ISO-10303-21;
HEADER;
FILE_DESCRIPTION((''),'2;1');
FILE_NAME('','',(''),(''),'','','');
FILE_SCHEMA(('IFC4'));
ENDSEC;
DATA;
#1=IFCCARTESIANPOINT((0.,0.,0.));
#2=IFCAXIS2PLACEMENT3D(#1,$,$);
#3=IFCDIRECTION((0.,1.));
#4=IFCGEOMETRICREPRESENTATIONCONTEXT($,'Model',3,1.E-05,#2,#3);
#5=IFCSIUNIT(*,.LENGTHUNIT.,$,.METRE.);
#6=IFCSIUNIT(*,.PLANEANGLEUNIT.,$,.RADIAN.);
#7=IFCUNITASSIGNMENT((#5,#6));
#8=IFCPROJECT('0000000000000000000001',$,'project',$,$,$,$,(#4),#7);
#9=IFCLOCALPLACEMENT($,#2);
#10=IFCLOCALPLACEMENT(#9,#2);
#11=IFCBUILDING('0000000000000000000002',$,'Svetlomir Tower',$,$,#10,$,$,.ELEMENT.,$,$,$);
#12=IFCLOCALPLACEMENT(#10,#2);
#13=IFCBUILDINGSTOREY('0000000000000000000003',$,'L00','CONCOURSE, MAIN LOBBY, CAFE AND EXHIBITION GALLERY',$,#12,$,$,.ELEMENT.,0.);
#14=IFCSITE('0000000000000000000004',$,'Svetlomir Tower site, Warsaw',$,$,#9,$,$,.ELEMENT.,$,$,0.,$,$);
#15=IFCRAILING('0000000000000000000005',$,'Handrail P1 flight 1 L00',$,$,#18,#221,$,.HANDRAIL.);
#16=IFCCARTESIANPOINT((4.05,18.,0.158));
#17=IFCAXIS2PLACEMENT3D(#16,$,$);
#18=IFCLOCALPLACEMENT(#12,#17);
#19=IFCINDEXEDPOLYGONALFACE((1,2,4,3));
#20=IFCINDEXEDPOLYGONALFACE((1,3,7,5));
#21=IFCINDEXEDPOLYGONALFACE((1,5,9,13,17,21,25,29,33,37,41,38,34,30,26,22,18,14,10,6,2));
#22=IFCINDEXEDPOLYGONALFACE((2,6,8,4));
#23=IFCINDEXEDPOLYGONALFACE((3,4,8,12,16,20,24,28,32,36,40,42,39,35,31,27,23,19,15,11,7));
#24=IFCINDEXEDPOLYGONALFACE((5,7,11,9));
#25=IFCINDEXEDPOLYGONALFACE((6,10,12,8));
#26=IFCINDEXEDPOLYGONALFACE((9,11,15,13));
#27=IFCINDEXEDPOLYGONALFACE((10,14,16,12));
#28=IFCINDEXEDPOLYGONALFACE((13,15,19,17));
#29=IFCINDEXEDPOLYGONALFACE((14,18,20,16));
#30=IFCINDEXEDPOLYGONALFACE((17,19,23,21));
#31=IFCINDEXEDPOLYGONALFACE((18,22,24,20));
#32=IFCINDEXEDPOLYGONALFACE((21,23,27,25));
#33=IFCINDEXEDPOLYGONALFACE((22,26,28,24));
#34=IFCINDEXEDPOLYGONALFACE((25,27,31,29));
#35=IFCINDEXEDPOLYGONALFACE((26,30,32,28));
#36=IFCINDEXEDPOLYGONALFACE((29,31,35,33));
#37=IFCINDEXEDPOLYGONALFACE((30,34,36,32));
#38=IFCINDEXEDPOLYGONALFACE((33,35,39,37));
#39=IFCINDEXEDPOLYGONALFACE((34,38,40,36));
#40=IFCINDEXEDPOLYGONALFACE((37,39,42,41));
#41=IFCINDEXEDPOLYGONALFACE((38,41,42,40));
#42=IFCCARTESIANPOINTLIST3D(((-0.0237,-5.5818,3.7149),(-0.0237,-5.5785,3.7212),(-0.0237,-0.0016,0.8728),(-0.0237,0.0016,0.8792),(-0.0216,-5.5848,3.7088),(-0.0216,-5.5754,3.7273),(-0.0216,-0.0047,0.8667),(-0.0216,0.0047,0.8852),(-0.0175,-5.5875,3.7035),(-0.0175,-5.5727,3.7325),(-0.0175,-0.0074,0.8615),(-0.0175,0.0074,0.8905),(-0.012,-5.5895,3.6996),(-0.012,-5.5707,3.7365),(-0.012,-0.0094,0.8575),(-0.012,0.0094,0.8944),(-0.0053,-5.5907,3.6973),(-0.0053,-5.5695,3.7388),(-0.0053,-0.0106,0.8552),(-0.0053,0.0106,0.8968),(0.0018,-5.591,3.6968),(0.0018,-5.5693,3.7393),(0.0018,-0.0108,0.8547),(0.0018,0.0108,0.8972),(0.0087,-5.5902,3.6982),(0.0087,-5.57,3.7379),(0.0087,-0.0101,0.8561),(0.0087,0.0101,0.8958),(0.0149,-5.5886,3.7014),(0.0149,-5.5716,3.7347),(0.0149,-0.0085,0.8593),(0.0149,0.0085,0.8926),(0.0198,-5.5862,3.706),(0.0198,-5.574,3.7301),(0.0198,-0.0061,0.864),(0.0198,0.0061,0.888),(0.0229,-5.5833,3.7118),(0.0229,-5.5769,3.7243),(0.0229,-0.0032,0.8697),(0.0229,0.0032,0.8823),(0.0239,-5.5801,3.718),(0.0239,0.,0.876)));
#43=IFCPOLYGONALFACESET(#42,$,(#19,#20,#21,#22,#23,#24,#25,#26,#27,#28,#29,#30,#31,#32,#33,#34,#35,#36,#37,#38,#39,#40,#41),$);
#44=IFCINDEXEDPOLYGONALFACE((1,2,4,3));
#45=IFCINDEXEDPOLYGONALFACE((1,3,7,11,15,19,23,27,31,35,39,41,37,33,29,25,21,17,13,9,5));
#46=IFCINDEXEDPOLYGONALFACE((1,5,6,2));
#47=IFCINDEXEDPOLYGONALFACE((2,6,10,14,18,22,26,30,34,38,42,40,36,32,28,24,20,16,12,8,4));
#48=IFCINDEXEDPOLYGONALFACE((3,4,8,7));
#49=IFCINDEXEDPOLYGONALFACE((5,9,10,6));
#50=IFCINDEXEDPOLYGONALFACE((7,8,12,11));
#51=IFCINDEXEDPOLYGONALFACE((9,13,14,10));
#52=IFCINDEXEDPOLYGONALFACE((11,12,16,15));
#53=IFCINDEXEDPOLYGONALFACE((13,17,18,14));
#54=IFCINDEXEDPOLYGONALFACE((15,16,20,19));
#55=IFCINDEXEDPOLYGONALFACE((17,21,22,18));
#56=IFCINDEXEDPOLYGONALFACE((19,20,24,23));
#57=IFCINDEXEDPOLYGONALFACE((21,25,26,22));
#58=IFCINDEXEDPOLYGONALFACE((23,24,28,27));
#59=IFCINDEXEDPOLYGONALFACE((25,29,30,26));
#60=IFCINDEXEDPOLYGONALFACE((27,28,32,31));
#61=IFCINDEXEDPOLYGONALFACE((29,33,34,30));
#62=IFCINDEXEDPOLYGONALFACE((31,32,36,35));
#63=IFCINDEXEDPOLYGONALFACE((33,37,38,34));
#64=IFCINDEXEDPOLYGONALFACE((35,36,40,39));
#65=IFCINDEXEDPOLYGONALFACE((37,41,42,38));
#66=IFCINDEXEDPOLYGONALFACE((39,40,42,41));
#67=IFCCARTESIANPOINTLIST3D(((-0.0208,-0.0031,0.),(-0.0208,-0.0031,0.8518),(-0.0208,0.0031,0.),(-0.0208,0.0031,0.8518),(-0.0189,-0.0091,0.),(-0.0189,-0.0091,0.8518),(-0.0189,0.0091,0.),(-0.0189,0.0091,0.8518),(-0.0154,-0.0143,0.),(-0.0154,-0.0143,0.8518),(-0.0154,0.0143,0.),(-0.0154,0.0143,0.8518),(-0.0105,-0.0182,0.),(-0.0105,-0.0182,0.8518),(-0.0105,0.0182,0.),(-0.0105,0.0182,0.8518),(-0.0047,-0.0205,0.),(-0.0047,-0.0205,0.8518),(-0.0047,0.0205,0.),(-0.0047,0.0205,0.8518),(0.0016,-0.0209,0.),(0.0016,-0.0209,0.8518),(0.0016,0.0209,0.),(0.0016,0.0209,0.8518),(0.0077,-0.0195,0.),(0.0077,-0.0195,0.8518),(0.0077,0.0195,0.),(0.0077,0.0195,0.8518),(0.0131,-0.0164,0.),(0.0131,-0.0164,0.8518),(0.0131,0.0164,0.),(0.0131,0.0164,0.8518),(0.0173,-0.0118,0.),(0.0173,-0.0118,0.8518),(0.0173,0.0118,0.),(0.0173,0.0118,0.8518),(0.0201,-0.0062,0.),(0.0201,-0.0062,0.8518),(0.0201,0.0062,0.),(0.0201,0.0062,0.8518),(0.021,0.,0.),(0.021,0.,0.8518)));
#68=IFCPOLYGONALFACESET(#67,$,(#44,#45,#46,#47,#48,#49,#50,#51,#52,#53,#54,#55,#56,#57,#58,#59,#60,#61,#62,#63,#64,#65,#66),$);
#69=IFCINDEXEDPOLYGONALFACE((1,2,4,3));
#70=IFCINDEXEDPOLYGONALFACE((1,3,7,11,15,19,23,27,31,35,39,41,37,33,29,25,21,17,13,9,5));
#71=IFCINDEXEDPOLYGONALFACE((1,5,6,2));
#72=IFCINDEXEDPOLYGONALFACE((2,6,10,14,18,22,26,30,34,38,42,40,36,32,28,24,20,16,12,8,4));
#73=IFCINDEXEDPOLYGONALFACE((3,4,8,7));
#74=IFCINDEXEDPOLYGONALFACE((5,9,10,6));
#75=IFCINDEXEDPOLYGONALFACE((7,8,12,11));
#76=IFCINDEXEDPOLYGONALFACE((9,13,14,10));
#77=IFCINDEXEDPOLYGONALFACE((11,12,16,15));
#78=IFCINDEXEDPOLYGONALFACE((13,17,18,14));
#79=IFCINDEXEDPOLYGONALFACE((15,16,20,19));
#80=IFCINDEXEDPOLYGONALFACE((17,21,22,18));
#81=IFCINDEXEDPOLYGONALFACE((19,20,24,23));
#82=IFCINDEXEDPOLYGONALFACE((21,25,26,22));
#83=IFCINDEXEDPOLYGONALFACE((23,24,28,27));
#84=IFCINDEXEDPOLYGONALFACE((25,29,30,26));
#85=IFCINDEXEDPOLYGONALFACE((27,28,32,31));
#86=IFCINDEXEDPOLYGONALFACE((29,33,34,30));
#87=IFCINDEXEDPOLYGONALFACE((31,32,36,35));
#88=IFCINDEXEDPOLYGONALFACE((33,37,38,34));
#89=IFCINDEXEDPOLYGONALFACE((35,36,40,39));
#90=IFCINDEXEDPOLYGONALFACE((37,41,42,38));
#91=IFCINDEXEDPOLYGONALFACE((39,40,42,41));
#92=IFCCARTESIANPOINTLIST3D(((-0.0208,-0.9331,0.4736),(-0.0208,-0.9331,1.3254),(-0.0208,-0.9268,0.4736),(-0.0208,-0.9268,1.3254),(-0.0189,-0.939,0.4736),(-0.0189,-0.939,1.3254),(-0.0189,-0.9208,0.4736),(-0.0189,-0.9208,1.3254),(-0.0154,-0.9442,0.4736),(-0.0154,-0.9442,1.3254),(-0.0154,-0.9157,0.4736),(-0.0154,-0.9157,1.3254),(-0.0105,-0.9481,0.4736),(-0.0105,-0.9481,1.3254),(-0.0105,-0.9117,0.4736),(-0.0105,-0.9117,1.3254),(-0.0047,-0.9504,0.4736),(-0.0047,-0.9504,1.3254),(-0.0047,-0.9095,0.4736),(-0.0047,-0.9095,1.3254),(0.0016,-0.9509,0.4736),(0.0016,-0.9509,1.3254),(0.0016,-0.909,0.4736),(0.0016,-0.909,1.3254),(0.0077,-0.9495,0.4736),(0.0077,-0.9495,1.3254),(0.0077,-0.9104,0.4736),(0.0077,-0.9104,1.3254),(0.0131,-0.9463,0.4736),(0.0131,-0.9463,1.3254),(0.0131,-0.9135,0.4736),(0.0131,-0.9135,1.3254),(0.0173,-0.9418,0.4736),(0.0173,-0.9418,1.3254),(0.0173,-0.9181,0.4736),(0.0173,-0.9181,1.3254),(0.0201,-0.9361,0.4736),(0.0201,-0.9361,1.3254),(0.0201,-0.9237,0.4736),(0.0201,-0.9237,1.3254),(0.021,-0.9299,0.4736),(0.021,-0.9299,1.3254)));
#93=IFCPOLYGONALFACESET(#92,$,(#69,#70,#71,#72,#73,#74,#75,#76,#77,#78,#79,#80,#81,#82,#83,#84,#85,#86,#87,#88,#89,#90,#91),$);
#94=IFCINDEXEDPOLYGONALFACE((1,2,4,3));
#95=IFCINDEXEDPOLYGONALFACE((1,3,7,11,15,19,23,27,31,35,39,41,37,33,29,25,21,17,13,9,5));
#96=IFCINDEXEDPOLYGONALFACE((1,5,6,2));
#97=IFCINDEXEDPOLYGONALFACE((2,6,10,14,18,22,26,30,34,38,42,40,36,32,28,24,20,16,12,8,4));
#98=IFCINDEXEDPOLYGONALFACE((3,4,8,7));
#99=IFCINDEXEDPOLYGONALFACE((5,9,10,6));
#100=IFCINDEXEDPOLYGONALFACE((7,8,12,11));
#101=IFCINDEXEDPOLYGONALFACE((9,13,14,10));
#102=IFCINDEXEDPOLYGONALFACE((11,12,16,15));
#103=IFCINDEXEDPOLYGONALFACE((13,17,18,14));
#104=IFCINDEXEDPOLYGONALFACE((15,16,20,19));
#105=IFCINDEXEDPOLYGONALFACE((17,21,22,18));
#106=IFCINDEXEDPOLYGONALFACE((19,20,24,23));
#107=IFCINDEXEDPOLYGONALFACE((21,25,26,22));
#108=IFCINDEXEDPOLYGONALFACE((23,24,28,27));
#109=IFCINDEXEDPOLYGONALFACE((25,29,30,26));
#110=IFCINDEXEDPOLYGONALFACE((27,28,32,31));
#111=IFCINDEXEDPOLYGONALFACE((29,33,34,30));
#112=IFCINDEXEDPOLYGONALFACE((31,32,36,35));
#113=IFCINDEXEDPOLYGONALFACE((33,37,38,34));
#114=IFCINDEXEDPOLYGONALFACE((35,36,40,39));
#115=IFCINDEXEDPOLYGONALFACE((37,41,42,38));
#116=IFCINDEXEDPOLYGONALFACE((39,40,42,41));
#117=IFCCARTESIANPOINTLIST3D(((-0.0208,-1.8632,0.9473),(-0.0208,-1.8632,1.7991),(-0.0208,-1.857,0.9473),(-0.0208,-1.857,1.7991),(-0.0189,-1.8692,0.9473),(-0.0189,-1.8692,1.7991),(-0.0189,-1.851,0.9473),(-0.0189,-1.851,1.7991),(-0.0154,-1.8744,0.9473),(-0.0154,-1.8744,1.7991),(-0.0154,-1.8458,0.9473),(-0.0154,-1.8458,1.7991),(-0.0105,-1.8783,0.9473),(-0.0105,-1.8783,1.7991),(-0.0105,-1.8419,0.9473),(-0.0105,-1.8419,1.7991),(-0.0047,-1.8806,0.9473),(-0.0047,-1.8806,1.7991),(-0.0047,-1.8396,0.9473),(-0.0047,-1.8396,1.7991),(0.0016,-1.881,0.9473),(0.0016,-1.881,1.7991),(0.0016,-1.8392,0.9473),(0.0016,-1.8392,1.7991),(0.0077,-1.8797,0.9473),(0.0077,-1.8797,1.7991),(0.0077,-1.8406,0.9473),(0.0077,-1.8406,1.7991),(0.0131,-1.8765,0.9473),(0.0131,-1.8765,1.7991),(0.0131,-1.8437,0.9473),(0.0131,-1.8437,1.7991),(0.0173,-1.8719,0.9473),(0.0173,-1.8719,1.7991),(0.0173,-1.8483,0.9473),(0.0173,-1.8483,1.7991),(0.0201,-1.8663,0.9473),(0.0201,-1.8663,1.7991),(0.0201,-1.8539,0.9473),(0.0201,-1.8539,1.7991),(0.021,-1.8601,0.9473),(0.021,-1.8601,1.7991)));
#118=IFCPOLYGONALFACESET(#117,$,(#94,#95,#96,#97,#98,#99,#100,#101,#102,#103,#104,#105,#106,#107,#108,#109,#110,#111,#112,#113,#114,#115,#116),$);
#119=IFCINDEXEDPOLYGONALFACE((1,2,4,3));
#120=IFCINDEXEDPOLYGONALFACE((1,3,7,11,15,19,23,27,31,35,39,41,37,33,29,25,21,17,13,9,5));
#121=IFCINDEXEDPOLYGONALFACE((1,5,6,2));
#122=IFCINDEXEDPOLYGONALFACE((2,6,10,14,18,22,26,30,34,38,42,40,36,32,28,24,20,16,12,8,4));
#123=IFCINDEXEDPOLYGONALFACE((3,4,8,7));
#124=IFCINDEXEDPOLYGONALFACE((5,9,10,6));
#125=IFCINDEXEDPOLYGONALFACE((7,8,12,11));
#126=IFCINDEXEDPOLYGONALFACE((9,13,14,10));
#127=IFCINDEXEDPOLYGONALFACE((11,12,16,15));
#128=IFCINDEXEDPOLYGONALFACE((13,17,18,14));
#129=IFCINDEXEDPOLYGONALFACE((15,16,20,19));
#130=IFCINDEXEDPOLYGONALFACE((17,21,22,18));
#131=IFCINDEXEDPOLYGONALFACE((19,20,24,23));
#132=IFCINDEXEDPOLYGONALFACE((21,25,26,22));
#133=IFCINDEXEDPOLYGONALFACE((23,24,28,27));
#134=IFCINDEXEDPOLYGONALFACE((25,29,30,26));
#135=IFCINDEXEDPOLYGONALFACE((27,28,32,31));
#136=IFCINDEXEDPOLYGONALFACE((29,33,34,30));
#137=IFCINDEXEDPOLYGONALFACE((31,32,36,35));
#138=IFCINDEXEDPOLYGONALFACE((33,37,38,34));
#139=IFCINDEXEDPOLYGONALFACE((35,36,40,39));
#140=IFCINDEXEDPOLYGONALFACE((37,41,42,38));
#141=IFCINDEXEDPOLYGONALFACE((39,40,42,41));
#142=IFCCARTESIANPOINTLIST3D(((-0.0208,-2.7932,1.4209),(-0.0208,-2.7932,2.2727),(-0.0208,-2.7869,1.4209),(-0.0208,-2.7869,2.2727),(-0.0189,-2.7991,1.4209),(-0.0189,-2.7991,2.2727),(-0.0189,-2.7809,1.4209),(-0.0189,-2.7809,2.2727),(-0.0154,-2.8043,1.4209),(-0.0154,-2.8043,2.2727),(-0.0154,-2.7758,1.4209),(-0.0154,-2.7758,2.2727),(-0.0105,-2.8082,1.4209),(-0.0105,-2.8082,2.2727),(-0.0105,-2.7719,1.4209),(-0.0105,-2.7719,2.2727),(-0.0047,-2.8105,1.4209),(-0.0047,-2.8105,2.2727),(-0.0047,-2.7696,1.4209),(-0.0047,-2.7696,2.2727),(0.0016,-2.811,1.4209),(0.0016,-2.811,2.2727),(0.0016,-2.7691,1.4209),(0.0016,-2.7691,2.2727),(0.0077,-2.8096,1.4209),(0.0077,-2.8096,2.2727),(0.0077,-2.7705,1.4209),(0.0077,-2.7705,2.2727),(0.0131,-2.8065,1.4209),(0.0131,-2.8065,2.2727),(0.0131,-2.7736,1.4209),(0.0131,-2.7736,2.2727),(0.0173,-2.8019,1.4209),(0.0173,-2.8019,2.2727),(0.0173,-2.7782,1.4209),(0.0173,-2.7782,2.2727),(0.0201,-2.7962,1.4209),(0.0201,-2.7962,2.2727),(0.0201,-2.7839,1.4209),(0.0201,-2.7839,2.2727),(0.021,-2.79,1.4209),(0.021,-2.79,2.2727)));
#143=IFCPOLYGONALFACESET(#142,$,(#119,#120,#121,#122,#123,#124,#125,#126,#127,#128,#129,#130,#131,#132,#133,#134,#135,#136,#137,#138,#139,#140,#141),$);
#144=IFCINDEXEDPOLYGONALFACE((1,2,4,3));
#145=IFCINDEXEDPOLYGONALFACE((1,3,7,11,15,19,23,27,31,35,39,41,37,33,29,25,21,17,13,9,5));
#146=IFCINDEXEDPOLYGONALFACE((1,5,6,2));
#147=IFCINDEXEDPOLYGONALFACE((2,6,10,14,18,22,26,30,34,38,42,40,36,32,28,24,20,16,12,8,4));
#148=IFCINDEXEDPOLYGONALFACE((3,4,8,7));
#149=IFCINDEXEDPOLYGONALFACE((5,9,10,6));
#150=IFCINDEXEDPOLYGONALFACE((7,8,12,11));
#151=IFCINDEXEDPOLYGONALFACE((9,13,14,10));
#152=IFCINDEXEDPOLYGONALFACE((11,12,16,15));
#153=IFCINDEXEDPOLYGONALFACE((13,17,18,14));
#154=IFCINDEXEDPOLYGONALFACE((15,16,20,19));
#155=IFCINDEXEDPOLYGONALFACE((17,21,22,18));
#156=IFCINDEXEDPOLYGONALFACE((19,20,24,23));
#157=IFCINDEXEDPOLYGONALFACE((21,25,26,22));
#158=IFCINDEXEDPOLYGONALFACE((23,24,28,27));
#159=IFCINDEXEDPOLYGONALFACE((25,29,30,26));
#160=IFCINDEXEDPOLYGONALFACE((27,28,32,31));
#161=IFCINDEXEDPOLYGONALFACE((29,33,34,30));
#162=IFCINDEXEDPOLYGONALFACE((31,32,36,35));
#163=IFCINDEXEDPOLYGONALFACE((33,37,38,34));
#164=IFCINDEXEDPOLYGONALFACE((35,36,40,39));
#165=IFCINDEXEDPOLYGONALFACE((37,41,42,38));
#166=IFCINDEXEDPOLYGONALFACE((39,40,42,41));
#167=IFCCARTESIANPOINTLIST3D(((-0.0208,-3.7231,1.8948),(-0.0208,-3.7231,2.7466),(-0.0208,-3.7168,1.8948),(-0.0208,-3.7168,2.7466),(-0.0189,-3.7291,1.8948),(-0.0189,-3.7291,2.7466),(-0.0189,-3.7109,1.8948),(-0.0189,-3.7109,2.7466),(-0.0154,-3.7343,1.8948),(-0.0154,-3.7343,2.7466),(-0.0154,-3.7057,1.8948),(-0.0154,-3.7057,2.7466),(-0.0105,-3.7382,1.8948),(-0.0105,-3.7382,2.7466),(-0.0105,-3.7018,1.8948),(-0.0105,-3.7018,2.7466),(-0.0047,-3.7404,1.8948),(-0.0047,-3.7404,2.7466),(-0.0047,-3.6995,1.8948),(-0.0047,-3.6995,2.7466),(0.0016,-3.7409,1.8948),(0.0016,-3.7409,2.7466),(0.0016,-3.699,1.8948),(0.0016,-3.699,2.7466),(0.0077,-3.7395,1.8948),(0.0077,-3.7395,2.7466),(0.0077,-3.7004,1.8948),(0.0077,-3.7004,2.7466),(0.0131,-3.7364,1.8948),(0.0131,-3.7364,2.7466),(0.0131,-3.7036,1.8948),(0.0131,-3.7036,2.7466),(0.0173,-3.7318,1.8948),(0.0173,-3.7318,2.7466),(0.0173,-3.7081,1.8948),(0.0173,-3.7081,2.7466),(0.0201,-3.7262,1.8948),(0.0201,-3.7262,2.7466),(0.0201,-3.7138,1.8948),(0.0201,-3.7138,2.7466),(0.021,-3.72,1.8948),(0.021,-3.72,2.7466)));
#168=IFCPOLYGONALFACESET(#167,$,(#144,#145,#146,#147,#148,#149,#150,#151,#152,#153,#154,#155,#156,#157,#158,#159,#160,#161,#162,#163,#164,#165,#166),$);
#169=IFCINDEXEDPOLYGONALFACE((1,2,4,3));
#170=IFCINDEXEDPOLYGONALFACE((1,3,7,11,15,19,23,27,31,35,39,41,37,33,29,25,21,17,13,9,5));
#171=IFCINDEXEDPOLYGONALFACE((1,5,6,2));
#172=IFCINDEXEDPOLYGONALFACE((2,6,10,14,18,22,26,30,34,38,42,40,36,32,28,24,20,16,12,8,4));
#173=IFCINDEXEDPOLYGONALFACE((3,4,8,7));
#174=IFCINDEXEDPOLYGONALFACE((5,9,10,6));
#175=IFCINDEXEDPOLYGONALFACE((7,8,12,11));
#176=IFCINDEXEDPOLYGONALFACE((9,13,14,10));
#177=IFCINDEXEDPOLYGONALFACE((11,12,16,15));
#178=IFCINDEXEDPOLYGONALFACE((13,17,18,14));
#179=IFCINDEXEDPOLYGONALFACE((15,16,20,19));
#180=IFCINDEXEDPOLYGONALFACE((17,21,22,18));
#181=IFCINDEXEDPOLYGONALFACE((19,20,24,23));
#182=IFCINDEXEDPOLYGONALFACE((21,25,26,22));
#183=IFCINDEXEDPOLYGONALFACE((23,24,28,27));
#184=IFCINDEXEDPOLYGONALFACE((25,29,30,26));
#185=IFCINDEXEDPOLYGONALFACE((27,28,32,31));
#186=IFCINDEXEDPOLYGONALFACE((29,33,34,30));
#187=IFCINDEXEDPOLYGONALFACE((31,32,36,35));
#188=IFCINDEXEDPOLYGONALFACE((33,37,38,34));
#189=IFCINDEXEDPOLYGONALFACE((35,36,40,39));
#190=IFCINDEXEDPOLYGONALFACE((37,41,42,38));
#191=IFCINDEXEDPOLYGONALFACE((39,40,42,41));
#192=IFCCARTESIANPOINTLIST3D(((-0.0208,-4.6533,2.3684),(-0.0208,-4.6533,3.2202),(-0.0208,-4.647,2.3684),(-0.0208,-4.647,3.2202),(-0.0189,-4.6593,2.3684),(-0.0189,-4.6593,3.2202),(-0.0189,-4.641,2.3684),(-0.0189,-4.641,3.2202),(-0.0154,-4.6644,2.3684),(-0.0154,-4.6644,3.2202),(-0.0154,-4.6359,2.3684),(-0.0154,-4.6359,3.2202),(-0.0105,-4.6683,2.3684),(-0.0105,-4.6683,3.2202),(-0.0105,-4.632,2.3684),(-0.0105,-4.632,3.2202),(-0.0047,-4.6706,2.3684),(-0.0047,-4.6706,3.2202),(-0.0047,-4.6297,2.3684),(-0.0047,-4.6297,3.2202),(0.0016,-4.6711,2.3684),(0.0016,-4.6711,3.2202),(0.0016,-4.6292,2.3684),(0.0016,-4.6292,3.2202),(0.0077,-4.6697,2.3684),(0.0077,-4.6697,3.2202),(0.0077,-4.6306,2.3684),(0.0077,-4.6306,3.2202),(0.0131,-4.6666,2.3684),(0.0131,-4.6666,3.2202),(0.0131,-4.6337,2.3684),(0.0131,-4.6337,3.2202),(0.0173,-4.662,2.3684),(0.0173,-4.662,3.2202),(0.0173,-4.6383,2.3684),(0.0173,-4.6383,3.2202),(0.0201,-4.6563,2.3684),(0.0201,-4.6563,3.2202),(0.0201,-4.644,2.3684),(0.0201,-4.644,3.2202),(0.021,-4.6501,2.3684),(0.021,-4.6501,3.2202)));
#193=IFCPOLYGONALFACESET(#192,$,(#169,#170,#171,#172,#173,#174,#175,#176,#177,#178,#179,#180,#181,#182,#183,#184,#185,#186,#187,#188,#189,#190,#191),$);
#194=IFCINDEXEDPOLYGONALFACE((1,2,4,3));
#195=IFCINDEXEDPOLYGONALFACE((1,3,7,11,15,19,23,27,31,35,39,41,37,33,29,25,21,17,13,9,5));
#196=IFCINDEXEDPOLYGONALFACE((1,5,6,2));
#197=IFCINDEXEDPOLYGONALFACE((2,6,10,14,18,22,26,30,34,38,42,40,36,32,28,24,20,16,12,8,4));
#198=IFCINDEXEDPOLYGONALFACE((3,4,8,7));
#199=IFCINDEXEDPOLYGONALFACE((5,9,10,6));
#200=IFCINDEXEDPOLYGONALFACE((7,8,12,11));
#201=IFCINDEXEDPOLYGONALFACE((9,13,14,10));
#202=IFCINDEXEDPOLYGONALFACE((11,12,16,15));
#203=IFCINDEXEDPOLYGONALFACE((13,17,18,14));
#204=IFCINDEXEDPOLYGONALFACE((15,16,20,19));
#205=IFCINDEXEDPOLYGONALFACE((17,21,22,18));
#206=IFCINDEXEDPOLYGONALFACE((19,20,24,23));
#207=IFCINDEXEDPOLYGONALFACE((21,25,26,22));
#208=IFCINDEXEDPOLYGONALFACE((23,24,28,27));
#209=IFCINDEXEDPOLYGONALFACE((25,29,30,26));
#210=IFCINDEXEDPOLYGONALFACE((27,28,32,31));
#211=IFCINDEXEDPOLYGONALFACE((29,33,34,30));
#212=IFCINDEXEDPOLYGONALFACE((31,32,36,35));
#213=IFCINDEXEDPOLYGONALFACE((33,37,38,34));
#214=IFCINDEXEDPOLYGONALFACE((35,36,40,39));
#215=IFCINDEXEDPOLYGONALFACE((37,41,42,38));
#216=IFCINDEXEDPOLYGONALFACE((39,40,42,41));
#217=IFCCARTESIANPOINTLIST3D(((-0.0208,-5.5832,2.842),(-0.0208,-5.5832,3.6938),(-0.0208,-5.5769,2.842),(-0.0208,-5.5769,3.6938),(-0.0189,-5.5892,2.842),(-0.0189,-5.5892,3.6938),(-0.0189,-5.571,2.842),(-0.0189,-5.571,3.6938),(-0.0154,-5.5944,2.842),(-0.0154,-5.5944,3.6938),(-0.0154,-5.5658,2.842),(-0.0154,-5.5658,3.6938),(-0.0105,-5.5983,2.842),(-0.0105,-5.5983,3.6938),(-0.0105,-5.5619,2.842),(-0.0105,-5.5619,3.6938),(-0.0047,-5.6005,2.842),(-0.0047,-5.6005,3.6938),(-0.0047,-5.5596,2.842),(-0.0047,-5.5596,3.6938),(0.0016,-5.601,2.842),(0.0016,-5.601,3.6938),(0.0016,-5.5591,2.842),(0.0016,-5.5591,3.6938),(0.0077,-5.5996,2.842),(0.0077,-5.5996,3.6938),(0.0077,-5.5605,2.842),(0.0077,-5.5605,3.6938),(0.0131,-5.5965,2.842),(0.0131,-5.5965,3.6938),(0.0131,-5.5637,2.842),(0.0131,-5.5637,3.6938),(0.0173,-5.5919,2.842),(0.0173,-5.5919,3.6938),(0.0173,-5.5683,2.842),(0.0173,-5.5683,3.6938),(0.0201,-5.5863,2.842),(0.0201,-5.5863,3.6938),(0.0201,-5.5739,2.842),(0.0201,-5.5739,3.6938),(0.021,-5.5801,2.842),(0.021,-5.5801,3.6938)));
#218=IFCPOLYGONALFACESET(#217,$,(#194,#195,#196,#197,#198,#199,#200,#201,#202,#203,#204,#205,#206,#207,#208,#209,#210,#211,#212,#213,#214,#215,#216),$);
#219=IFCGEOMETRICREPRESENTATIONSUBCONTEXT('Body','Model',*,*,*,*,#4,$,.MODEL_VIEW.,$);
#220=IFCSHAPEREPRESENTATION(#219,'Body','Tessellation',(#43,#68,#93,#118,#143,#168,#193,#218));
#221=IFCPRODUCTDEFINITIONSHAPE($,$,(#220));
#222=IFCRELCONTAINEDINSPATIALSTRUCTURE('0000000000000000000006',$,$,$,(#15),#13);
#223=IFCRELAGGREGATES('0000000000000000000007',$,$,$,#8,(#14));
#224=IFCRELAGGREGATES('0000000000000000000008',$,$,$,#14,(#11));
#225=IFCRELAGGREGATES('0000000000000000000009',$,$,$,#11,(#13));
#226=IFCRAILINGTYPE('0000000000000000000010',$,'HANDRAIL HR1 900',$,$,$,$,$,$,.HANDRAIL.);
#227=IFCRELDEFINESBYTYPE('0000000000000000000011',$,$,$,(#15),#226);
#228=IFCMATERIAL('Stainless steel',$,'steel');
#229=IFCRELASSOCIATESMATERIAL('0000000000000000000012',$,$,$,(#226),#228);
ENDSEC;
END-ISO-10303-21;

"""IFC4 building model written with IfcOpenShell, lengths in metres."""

from ifc_helpers import new_model, si_unit, direction, frame, origin, origin_2d, place, context, subcontext, project, spatial, circle, extrude, material, type_object, element, save


model = new_model("IFC4")

# Units and contexts
model_context = context("Model", 3, precision=1e-05, world=origin(), true_north=direction((0.0, 1.0)))
body_context = subcontext(model_context, "Body", "Model", "MODEL_VIEW")
ifc_project = project(units=[si_unit("LENGTHUNIT", "METRE"), si_unit("PLANEANGLEUNIT", "RADIAN")], contexts=[model_context])

# Site, building, storey
site_placement = place(None, origin())
site = spatial("IfcSite", under=ifc_project, at=site_placement, Name="Svetlomir Tower site, Warsaw", CompositionType="ELEMENT", RefElevation=0.0)
building_placement = place(site_placement, origin())
building = spatial("IfcBuilding", under=site, at=building_placement, Name="Svetlomir Tower", CompositionType="ELEMENT")
storey_placement = place(building_placement, origin())
storey = spatial("IfcBuildingStorey", under=building, at=storey_placement, Name="L00", Description="CONCOURSE, MAIN LOBBY, CAFE AND EXHIBITION GALLERY", CompositionType="ELEMENT", Elevation=0.0)

# Railing
ifc_material_1 = material(Name="Stainless steel", Category="steel")
railing_type = type_object("IfcRailingType", Name="HANDRAIL HR1 900", PredefinedType="HANDRAIL", material=ifc_material_1)
railing_placement = place(storey_placement, frame((4.05, 18.0, 0.158)))
element("IfcRailing", 1, at=railing_placement, inside=storey, type_object=railing_type, Name="Handrail P1 flight 1 L00", PredefinedType="HANDRAIL", context=body_context, shape_type="SweptSolid", body=[
    extrude(circle(Radius=0.0239, at=origin_2d()), frame((0.0, 0.0, 0.876), z_axis=(0.0, -0.891081, 0.453845), x_axis=(1.0, 0.0, 0.0)), (0.0, 0.0, 1.0), 6.2622),
    extrude(circle(Radius=0.021, at=origin_2d()), origin(), (0.0, 0.0, 1.0), 0.8518),
    extrude(circle(Radius=0.021, at=origin_2d()), frame((0.0, -0.9299, 0.4736)), (0.0, 0.0, 1.0), 0.8518),
    extrude(circle(Radius=0.021, at=origin_2d()), frame((0.0, -1.8601, 0.9473)), (0.0, 0.0, 1.0), 0.8518),
    extrude(circle(Radius=0.021, at=origin_2d()), frame((0.0, -2.79, 1.4209)), (0.0, 0.0, 1.0), 0.8518),
    extrude(circle(Radius=0.021, at=origin_2d()), frame((0.0, -3.72, 1.8948)), (0.0, 0.0, 1.0), 0.8518),
    extrude(circle(Radius=0.021, at=origin_2d()), frame((0.0, -4.6501, 2.3684)), (0.0, 0.0, 1.0), 0.8518),
    extrude(circle(Radius=0.021, at=origin_2d()), frame((0.0, -5.5801, 2.842)), (0.0, 0.0, 1.0), 0.8518),
])

save(model, "model.ifc")
